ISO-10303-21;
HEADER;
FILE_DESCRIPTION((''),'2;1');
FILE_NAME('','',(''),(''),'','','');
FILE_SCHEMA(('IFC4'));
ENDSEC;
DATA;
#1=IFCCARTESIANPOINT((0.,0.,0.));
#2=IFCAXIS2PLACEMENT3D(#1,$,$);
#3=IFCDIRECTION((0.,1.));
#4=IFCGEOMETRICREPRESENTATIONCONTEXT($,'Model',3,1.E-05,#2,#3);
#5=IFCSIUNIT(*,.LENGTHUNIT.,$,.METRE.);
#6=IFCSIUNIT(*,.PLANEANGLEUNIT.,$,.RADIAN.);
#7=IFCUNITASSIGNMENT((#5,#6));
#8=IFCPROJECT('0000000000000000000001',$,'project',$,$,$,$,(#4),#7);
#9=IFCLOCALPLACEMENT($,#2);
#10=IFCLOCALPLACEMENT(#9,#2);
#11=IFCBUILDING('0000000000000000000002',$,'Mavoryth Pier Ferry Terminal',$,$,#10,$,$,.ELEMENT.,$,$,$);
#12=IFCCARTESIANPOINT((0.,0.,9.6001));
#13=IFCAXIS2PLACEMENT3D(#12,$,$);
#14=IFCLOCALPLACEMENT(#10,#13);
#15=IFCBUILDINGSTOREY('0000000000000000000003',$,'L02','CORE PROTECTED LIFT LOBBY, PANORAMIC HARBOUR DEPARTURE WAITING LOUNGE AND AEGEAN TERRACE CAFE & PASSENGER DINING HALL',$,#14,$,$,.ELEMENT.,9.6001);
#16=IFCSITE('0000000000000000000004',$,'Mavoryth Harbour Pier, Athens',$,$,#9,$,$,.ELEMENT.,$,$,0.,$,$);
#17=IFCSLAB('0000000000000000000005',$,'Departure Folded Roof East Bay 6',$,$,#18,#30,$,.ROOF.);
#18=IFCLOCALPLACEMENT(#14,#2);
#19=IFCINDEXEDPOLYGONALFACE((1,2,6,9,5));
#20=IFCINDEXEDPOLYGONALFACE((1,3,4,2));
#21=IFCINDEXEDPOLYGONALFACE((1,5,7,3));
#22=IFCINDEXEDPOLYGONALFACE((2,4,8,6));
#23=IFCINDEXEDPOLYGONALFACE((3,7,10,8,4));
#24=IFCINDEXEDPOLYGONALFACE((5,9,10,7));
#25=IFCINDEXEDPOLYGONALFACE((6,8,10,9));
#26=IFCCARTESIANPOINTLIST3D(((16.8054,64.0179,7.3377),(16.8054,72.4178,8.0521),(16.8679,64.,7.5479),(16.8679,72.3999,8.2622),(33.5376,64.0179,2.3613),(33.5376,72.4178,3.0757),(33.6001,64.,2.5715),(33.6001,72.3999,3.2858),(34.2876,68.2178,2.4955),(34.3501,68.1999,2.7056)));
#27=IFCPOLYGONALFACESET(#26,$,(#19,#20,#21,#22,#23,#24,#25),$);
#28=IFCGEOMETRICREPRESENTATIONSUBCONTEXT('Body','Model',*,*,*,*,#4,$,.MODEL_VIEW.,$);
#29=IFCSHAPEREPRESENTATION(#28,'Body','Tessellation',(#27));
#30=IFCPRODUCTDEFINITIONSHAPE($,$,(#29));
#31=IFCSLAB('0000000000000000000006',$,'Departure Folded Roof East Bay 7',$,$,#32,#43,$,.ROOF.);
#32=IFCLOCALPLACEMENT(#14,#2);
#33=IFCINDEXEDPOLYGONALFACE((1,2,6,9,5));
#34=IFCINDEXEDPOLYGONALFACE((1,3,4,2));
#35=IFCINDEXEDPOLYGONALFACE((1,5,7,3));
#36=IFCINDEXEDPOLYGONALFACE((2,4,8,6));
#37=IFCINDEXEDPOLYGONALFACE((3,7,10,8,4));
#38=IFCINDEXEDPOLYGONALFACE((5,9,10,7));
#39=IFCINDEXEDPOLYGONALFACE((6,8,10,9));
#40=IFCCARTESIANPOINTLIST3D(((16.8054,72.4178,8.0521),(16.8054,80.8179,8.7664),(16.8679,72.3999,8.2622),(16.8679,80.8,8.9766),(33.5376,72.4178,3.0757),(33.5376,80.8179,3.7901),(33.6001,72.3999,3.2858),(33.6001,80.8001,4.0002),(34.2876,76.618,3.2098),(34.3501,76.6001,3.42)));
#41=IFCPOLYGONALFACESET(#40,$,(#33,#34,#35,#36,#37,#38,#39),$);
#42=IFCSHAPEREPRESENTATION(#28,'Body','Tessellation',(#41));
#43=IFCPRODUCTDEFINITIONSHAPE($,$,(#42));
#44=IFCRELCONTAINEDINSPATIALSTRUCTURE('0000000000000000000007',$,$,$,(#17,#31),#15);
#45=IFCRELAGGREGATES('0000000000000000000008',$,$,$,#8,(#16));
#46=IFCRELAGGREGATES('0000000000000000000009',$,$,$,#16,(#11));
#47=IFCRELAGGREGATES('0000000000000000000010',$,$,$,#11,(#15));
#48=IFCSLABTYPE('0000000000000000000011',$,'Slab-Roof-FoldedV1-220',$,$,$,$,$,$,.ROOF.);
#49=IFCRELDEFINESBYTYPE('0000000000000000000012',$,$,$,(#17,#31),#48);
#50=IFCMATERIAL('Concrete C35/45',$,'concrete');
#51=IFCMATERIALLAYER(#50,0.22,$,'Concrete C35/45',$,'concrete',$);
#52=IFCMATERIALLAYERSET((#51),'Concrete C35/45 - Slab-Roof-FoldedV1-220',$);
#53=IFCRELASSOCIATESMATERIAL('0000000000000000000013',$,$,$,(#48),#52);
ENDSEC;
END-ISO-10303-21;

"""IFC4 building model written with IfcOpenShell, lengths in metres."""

from ifc_helpers import new_model, si_unit, direction, frame, origin, place, context, subcontext, project, spatial, polyline, outline, extrude, material, layer, layer_set, type_object, element, save


model = new_model("IFC4")

# Units and contexts
model_context = context("Model", 3, precision=1e-05, world=origin(), true_north=direction((0.0, 1.0)))
body_context = subcontext(model_context, "Body", "Model", "MODEL_VIEW")
ifc_project = project(units=[si_unit("LENGTHUNIT", "METRE"), si_unit("PLANEANGLEUNIT", "RADIAN")], contexts=[model_context])

# Site, building, storey
site_placement = place(None, origin())
site = spatial("IfcSite", under=ifc_project, at=site_placement, Name="Mavoryth Harbour Pier, Athens", CompositionType="ELEMENT", RefElevation=0.0)
building_placement = place(site_placement, origin())
building = spatial("IfcBuilding", under=site, at=building_placement, Name="Mavoryth Pier Ferry Terminal", CompositionType="ELEMENT")
storey_placement = place(building_placement, frame((0.0, 0.0, 9.6001)))
storey = spatial("IfcBuildingStorey", under=building, at=storey_placement, Name="L02", Description="CORE PROTECTED LIFT LOBBY, PANORAMIC HARBOUR DEPARTURE WAITING LOUNGE AND AEGEAN TERRACE CAFE & PASSENGER DINING HALL", CompositionType="ELEMENT", Elevation=9.6001)

# Slabs
ifc_material_1 = material(Name="Concrete C35/45", Category="concrete")
ifc_layer_1 = layer(ifc_material_1, 0.22, Name="Concrete C35/45", Category="concrete")
ifc_layer_set_1 = layer_set([ifc_layer_1], Name="Concrete C35/45 - Slab-Roof-FoldedV1-220")
slab_type = type_object("IfcSlabType", Name="Slab-Roof-FoldedV1-220", PredefinedType="ROOF", material=ifc_layer_set_1)
for number, where, z_axis, x_axis, name in (
    (1, (16.8679, 64.0, 7.5479), (0.284129, -0.081245, 0.955337), (0.958506, 0.0, -0.285072), "Departure Folded Roof East Bay 6"),
):
    element("IfcSlab", number, at=place(storey_placement, frame(where, z_axis=z_axis, x_axis=x_axis)), inside=storey, type_object=slab_type, Name=name, PredefinedType="ROOF", context=body_context, shape_type="SweptSolid", body=[
        extrude(outline(polyline([(0.0, 0.0), (17.4565, 0.0), (18.1372, 4.2139), (17.2529, 8.4278), (-0.2036, 8.4278), (0.0, 0.0)])), origin(), (0.0, 0.0, -1.0), 0.22),
    ])
slab_placement = place(storey_placement, frame((16.8679, 72.3999, 8.2622), z_axis=(0.28413, -0.081243, 0.955338), x_axis=(0.958506, 0.0, -0.285072)))
element("IfcSlab", 2, at=slab_placement, inside=storey, type_object=slab_type, Name="Departure Folded Roof East Bay 7", PredefinedType="ROOF", context=body_context, shape_type="SweptSolid", body=[
    extrude(outline(polyline([(0.0, 0.0), (17.4565, 0.0), (18.1372, 4.2141), (17.2529, 8.428), (-0.2036, 8.428), (0.0, 0.0)])), origin(), (0.0, 0.0, -1.0), 0.22),
])

save(model, "model.ifc")
